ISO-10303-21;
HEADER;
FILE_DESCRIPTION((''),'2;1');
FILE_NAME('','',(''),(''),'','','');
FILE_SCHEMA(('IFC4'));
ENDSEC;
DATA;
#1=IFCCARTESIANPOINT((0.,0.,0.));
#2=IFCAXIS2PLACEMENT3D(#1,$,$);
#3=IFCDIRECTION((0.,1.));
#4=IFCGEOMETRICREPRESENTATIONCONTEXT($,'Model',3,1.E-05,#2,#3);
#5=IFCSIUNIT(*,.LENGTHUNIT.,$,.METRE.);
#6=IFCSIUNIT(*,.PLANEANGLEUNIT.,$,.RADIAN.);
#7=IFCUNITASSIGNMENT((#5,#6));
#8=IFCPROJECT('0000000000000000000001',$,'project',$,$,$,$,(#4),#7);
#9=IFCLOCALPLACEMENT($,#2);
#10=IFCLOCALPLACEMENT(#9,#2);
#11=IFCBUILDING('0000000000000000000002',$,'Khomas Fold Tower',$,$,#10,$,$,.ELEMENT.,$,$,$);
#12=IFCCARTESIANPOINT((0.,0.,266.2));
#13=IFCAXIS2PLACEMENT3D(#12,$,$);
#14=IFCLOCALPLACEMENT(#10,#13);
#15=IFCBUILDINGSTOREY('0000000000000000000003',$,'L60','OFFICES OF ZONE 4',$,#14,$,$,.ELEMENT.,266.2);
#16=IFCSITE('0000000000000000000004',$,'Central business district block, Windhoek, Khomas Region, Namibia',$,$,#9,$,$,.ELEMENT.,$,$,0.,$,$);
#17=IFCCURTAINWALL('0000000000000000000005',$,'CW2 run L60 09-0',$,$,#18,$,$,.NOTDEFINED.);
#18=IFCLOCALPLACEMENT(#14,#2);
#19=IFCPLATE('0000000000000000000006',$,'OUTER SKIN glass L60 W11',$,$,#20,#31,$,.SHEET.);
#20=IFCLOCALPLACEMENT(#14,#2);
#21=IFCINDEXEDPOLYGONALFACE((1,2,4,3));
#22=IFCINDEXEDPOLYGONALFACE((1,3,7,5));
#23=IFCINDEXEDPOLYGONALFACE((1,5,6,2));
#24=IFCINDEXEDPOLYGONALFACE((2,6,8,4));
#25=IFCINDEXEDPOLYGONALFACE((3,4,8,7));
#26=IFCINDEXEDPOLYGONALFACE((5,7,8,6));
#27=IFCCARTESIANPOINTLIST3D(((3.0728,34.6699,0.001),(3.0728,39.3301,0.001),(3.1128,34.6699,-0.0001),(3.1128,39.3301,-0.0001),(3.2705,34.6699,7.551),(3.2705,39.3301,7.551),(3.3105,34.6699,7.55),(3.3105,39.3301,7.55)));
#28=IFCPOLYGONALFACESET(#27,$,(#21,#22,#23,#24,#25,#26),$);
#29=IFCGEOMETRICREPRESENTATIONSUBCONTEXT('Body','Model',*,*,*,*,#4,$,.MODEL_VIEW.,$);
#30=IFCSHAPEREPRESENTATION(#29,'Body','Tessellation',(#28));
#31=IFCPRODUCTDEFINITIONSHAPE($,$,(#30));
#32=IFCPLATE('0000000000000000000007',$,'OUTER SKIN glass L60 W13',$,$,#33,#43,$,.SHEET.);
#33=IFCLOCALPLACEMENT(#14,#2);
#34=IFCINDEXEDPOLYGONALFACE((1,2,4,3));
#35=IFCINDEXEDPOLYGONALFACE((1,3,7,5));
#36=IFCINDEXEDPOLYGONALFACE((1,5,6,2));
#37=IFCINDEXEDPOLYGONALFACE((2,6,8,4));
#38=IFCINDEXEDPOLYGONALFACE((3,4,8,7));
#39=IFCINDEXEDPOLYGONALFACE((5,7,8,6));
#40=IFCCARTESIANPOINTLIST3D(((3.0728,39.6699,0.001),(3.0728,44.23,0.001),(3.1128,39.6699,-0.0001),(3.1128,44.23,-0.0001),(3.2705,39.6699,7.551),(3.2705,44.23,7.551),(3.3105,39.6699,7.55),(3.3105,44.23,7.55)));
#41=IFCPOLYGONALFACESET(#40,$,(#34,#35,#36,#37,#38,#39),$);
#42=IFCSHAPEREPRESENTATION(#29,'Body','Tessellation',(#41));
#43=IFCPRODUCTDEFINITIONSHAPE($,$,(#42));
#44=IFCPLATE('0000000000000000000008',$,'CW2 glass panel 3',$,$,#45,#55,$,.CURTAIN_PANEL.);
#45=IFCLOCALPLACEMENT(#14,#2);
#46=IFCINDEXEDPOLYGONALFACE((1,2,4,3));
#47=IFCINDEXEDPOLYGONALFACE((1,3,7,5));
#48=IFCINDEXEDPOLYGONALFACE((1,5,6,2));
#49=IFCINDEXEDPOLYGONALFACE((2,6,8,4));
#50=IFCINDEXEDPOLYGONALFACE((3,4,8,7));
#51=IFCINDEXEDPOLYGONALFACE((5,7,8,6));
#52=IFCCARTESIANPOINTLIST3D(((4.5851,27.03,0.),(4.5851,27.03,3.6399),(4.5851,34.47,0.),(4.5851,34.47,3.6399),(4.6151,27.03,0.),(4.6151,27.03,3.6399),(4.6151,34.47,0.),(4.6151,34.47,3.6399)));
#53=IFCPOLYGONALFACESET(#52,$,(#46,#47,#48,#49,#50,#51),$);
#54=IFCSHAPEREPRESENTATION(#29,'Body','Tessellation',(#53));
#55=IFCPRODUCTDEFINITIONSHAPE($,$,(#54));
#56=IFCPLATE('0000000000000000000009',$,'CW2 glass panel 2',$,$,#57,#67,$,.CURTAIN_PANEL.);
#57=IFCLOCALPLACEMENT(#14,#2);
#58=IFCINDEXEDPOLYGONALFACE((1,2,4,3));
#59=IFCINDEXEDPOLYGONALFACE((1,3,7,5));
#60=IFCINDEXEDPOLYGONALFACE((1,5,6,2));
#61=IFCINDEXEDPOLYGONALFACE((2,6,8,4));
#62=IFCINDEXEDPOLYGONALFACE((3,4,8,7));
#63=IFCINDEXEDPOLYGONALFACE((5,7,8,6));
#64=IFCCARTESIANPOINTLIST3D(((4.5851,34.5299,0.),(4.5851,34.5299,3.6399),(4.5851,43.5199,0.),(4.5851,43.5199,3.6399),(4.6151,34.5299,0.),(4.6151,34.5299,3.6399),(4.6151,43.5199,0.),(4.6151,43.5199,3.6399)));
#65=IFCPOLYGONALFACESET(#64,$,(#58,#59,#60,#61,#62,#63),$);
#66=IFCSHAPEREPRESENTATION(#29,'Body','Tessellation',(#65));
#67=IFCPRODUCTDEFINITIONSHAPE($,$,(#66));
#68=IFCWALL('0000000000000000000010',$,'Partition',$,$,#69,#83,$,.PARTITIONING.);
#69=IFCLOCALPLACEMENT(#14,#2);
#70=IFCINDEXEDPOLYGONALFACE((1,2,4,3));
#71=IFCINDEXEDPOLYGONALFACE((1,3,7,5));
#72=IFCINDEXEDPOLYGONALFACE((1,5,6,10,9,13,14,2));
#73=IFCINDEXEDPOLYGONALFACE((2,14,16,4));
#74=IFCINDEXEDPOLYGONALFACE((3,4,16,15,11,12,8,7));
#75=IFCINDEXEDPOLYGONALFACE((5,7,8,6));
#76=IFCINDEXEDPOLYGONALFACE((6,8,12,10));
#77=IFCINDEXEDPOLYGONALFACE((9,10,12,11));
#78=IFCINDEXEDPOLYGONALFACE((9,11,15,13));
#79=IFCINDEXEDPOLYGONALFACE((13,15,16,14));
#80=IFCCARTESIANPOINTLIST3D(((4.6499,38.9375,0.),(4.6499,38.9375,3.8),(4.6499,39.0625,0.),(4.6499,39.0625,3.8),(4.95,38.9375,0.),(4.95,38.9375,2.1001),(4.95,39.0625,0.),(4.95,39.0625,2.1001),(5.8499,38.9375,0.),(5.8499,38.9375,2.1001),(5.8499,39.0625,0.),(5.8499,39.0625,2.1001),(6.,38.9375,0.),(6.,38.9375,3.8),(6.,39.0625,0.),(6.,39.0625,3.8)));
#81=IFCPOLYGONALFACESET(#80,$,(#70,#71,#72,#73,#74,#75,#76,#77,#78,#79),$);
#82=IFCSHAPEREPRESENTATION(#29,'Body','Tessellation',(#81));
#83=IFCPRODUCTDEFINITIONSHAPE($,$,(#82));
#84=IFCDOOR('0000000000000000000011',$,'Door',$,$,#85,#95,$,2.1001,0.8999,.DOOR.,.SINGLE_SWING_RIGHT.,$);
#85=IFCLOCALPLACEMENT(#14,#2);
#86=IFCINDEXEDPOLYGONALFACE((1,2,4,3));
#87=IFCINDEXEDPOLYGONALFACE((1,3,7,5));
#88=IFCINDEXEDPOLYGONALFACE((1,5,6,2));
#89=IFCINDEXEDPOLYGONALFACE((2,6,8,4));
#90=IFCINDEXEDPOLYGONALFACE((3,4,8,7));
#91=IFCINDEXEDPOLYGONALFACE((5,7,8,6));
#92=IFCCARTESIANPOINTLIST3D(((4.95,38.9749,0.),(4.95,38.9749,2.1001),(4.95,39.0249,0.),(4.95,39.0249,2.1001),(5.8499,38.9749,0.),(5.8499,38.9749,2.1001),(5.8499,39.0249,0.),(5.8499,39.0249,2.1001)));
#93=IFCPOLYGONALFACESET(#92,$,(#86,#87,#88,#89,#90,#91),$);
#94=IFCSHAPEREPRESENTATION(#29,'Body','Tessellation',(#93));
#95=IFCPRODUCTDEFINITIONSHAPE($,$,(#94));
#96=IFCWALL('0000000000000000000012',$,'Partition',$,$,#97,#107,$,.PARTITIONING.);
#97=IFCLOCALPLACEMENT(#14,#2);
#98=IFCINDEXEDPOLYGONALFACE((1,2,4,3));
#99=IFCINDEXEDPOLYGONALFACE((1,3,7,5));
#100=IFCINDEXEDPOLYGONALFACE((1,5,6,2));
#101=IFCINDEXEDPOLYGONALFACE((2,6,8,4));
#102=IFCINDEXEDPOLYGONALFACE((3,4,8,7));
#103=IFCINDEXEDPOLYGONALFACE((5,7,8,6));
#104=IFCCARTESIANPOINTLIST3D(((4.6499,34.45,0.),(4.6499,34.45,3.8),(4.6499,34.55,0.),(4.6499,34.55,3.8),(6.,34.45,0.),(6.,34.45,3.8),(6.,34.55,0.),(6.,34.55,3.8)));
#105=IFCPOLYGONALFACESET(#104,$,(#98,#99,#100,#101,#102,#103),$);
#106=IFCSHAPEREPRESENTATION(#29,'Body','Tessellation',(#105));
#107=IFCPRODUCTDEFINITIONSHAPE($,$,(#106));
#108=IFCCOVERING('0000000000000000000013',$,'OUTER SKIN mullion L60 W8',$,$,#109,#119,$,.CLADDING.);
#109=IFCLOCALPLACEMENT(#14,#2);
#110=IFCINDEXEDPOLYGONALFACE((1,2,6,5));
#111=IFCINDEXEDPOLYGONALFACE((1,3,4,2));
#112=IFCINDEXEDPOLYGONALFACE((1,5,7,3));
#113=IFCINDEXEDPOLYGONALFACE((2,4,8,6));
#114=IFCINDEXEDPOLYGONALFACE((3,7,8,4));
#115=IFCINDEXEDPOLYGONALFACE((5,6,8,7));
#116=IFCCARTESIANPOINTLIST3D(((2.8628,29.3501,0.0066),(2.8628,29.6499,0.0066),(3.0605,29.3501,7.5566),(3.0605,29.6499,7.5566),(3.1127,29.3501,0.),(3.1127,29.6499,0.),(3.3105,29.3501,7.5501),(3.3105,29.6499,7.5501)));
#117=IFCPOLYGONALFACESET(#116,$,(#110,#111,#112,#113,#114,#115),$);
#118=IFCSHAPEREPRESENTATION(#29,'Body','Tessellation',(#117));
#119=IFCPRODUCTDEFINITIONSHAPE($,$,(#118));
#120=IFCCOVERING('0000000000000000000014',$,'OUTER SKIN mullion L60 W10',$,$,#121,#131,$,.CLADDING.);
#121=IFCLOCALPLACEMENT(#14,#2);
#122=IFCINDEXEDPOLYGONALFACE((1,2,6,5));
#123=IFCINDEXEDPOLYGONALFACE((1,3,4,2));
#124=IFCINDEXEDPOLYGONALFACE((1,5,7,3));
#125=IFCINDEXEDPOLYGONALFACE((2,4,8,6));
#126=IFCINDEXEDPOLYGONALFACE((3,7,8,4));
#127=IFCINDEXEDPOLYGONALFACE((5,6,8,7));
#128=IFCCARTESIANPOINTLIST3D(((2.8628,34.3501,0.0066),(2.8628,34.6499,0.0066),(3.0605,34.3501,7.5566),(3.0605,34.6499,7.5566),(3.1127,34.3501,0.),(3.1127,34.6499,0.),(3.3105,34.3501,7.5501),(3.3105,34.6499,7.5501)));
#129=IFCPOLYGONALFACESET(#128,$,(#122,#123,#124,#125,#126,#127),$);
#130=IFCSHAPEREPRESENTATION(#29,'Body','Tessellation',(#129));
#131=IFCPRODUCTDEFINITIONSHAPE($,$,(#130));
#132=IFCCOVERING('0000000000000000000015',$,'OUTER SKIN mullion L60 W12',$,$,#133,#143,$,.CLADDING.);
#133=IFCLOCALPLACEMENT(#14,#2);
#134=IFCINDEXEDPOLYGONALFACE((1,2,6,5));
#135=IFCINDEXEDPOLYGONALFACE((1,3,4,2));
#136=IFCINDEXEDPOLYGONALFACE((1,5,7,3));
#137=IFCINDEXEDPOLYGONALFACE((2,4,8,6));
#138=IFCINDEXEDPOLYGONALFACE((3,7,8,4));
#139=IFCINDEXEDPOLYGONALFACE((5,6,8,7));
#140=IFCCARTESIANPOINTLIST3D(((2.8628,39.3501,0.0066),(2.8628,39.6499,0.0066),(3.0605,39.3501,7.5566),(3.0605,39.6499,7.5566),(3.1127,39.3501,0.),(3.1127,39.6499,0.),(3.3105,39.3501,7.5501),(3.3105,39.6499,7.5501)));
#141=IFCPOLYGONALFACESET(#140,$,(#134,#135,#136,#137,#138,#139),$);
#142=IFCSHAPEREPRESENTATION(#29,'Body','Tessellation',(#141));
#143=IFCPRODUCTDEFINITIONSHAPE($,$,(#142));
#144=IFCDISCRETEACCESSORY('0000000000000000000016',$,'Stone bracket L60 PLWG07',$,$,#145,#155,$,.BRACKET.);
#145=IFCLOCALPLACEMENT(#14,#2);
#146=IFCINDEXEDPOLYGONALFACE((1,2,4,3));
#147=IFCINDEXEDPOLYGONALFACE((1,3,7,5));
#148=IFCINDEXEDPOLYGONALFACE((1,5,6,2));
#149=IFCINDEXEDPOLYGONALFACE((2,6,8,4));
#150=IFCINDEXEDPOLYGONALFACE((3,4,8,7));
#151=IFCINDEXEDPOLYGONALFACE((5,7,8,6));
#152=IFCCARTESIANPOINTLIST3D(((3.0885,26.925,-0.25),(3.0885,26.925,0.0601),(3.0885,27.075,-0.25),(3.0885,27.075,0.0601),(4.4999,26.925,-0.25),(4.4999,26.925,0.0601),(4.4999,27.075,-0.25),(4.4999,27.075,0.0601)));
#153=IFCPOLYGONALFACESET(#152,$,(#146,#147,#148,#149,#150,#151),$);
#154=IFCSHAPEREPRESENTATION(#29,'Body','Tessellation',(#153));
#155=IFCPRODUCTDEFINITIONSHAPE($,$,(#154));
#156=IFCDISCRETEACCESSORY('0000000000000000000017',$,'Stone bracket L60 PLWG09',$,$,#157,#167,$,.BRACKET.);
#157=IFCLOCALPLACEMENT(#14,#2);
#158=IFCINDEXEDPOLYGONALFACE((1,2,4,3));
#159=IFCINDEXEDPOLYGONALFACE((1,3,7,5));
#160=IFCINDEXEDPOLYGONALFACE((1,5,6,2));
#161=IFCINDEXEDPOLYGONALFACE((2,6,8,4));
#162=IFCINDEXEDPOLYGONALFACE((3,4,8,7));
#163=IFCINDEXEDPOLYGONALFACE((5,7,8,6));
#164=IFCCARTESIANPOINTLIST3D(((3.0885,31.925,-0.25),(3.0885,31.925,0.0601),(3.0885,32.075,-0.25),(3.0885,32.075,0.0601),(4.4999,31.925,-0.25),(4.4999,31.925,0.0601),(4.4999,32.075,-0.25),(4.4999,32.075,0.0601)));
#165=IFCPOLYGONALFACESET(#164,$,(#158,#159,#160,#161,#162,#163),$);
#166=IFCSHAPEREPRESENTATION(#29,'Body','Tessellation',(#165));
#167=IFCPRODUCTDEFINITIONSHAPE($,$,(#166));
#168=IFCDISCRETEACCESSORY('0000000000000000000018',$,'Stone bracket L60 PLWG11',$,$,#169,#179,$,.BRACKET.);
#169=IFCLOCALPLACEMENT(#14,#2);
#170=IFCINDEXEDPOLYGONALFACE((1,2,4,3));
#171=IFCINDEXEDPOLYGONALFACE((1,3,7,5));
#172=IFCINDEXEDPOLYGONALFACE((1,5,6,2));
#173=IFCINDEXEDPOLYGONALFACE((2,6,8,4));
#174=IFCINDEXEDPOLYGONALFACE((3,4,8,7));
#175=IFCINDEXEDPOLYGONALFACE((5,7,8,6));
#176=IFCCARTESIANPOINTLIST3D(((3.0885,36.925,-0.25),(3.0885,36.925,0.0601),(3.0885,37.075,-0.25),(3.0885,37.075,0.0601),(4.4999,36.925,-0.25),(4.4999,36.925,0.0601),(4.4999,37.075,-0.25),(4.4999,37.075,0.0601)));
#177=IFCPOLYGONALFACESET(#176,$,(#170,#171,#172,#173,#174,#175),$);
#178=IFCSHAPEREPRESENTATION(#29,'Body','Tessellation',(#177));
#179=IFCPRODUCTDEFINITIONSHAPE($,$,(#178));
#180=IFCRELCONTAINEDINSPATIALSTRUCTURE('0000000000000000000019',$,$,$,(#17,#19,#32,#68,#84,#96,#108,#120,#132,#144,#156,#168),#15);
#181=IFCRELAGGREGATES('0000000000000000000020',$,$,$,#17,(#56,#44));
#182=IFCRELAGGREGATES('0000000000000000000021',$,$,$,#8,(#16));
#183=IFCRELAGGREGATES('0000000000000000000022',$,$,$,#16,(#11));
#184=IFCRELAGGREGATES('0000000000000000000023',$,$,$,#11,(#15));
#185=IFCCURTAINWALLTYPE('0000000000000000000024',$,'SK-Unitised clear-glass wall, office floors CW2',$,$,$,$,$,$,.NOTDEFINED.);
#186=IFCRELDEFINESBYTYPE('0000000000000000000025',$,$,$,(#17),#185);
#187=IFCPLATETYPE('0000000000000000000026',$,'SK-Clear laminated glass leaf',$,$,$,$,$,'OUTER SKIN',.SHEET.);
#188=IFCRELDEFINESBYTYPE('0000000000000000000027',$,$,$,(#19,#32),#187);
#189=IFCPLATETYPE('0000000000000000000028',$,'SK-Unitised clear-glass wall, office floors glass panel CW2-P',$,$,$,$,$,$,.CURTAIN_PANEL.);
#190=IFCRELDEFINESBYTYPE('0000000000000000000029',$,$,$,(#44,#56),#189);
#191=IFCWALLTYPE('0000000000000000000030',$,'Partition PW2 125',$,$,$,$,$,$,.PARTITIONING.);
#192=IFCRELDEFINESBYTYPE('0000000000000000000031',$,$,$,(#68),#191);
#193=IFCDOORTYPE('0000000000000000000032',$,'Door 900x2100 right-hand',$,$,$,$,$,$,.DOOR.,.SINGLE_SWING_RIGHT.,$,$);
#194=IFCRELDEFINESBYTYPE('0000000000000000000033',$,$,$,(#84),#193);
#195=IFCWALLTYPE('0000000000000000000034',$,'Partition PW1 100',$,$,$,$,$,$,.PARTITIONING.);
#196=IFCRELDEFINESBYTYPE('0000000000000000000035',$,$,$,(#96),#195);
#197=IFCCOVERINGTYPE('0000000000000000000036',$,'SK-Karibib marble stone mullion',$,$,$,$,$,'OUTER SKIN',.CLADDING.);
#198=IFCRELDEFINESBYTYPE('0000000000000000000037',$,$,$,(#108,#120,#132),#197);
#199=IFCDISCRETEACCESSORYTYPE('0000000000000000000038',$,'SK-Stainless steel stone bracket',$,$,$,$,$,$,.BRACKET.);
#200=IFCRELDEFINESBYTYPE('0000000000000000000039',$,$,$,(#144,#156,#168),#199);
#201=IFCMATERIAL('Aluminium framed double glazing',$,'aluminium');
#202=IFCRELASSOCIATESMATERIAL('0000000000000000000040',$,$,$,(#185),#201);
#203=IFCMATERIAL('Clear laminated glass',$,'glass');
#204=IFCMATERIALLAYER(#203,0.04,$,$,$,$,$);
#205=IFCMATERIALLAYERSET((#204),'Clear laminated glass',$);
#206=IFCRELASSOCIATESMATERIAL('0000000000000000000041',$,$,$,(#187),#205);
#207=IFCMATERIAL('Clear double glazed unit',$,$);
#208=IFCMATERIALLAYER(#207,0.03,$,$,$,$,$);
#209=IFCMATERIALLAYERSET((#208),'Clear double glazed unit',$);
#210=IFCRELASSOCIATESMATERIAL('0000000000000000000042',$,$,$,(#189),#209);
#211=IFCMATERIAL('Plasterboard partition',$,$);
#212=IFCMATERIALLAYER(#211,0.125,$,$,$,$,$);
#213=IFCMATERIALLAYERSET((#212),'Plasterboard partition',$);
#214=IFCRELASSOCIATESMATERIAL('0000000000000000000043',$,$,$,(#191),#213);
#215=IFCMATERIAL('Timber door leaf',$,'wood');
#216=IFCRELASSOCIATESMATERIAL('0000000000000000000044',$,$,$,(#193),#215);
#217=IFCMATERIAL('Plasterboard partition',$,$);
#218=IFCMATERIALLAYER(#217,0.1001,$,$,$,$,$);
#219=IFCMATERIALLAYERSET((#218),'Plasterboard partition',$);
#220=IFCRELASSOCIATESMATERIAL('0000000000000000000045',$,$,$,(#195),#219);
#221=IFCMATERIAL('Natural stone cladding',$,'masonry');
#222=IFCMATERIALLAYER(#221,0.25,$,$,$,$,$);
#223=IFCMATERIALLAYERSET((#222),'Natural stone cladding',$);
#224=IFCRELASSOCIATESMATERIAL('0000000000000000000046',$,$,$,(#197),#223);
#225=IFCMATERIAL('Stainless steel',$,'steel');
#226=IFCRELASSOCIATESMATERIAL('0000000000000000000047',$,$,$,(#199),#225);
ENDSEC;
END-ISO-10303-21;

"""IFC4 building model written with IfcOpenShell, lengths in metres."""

from ifc_helpers import new_model, si_unit, direction, frame, frame_2d, origin, origin_2d, place, context, subcontext, project, spatial, polyline, rectangle, outline, extrude, source, transform, mapped, material, layer, layer_set, type_object, element, fill, aggregate, save


model = new_model("IFC4")

# Units and contexts
model_context = context("Model", 3, precision=1e-05, world=origin(), true_north=direction((0.0, 1.0)))
body_context = subcontext(model_context, "Body", "Model", "MODEL_VIEW")
ifc_project = project(units=[si_unit("LENGTHUNIT", "METRE"), si_unit("PLANEANGLEUNIT", "RADIAN")], contexts=[model_context])

# Site, building, storey
site_placement = place(None, origin())
site = spatial("IfcSite", under=ifc_project, at=site_placement, Name="Central business district block, Windhoek, Khomas Region, Namibia", CompositionType="ELEMENT", RefElevation=0.0)
building_placement = place(site_placement, origin())
building = spatial("IfcBuilding", under=site, at=building_placement, Name="Khomas Fold Tower", CompositionType="ELEMENT")
storey_placement = place(building_placement, frame((0.0, 0.0, 266.2)))
storey = spatial("IfcBuildingStorey", under=building, at=storey_placement, Name="L60", Description="OFFICES OF ZONE 4", CompositionType="ELEMENT", Elevation=266.2)

# Curtain wall
ifc_material_1 = material(Name="Aluminium framed double glazing", Category="aluminium")
curtain_wall_type = type_object("IfcCurtainWallType", Name="SK-Unitised clear-glass wall, office floors CW2", PredefinedType="NOTDEFINED", material=ifc_material_1)
curtain_wall_placement = place(storey_placement, origin())
curtain_wall = element("IfcCurtainWall", 1, at=curtain_wall_placement, inside=storey, type_object=curtain_wall_type, Name="CW2 run L60 09-0", PredefinedType="NOTDEFINED")

# Plates
ifc_material_2 = material(Name="Clear laminated glass", Category="glass")
ifc_layer_1 = layer(ifc_material_2, 0.04)
ifc_layer_set_1 = layer_set([ifc_layer_1], Name="Clear laminated glass")
plate_type_1 = type_object("IfcPlateType", Name="SK-Clear laminated glass leaf", ElementType="OUTER SKIN", PredefinedType="SHEET", material=ifc_layer_set_1)
for number, where, z_axis, x_axis, name in (
    (2, (3.0728, 34.6699, 0.001), (-0.999657, 0.0, 0.026183), (0.0, 1.0, 0.0), "OUTER SKIN glass L60 W11"),
):
    element("IfcPlate", number, at=place(storey_placement, frame(where, z_axis=z_axis, x_axis=x_axis)), inside=storey, type_object=plate_type_1, Name=name, PredefinedType="SHEET", context=body_context, shape_type="SweptSolid", body=[
        extrude(outline(polyline([(0.0, 0.0), (4.6602, 0.0), (4.6602, -7.5526), (0.0, -7.5526), (0.0, 0.0)])), origin(), (0.0, 0.0, -1.0), 0.04),
    ])
plate_1_placement = place(storey_placement, frame((3.0728, 39.6699, 0.001), z_axis=(-0.999657, 0.0, 0.026183), x_axis=(0.0, 1.0, 0.0)))
element("IfcPlate", 3, at=plate_1_placement, inside=storey, type_object=plate_type_1, Name="OUTER SKIN glass L60 W13", PredefinedType="SHEET", context=body_context, shape_type="SweptSolid", body=[
    extrude(outline(polyline([(0.0, 0.0), (4.5601, 0.0), (4.5601, -7.5526), (0.0, -7.5526), (0.0, 0.0)])), origin(), (0.0, 0.0, -1.0), 0.04),
])

# Plates
ifc_material_3 = material(Name="Clear double glazed unit")
ifc_layer_2 = layer(ifc_material_3, 0.03)
ifc_layer_set_2 = layer_set([ifc_layer_2], Name="Clear double glazed unit")
plate_type_2 = type_object("IfcPlateType", Name="SK-Unitised clear-glass wall, office floors glass panel CW2-P", PredefinedType="CURTAIN_PANEL", material=ifc_layer_set_2)
shared_shape_1 = source(origin(), body_context, "Body", "SweptSolid", [
    extrude(rectangle(XDim=7.4399, YDim=0.03, at=origin_2d()), origin(), (0.0, 0.0, 1.0), 3.6399),
])
plate_2_placement = place(storey_placement, frame((4.6001, 30.75, 0.0), z_axis=(0.0, 0.0, 1.0), x_axis=(0.0, -1.0, 0.0)))
plate_2 = element("IfcPlate", 4, at=plate_2_placement, type_object=plate_type_2, Name="CW2 glass panel 3", PredefinedType="CURTAIN_PANEL", context=body_context, shape_type="MappedRepresentation", body=[
    mapped(shared_shape_1, transform((0.0, 0.0, 0.0))),
])
shared_shape_2 = source(origin(), body_context, "Body", "SweptSolid", [
    extrude(rectangle(XDim=8.99, YDim=0.03, at=origin_2d()), origin(), (0.0, 0.0, 1.0), 3.6399),
])
plate_3_placement = place(storey_placement, frame((4.6001, 39.0249, 0.0), z_axis=(0.0, 0.0, 1.0), x_axis=(0.0, -1.0, 0.0)))
plate_3 = element("IfcPlate", 5, at=plate_3_placement, type_object=plate_type_2, Name="CW2 glass panel 2", PredefinedType="CURTAIN_PANEL", context=body_context, shape_type="MappedRepresentation", body=[
    mapped(shared_shape_2, transform((0.0, 0.0, 0.0))),
])
aggregate(curtain_wall, [plate_3, plate_2])

# Wall, opening, door
ifc_material_4 = material(Name="Plasterboard partition")
ifc_layer_3 = layer(ifc_material_4, 0.125)
ifc_layer_set_3 = layer_set([ifc_layer_3], Name="Plasterboard partition")
wall_type_1 = type_object("IfcWallType", Name="Partition PW2 125", PredefinedType="PARTITIONING", material=ifc_layer_set_3)
shared_shape_3 = source(origin(), body_context, "Body", "SweptSolid", [
    extrude(rectangle(XDim=1.3501, YDim=0.125, at=frame_2d((0.675, 0.0))), origin(), (0.0, 0.0, 1.0), 3.8),
])
wall_1_placement = place(storey_placement, frame((4.6499, 39.0, 0.0), z_axis=(0.0, 0.0, 1.0), x_axis=(1.0, 0.0, 0.0)))
wall_1 = element("IfcWall", 6, at=wall_1_placement, inside=storey, type_object=wall_type_1, Name="Partition", PredefinedType="PARTITIONING", context=body_context, shape_type="MappedRepresentation", body=[
    mapped(shared_shape_3, transform((0.0, 0.0, 0.0))),
])
shared_shape_4 = source(origin(), body_context, "Body", "SweptSolid", [
    extrude(rectangle(XDim=0.8999, YDim=2.1001, at=frame_2d((0.45, 1.05))), frame((0.0, 0.0725, 0.0), z_axis=(0.0, -1.0, 0.0), x_axis=(1.0, 0.0, 0.0)), (0.0, 0.0, 1.0), 0.145),
])
opening_placement = place(wall_1_placement, frame((0.3, 0.0, 0.0)))
opening = element("IfcOpeningElement", 7, at=opening_placement, cuts=wall_1, PredefinedType="OPENING", context=body_context, shape_type="MappedRepresentation", body=[
    mapped(shared_shape_4, transform((0.0, 0.0, 0.0))),
])
ifc_material_5 = material(Name="Timber door leaf", Category="wood")
door_type = type_object("IfcDoorType", Name="Door 900x2100 right-hand", OperationType="SINGLE_SWING_RIGHT", PredefinedType="DOOR", material=ifc_material_5)
shared_shape_5 = source(origin(), body_context, "Body", "SweptSolid", [
    extrude(rectangle(XDim=0.8999, YDim=2.1001, at=frame_2d((0.45, 1.05))), frame((0.0, 0.0249, 0.0), z_axis=(0.0, -1.0, 0.0), x_axis=(1.0, 0.0, 0.0)), (0.0, 0.0, 1.0), 0.05),
])
door_placement = place(opening_placement, origin())
door = element("IfcDoor", 8, at=door_placement, inside=storey, type_object=door_type, Name="Door", OperationType="SINGLE_SWING_RIGHT", OverallHeight=2.1001, OverallWidth=0.8999, PredefinedType="DOOR", context=body_context, shape_type="MappedRepresentation", body=[
    mapped(shared_shape_5, transform((0.0, 0.0, 0.0))),
])
fill(opening, door)

# Wall
ifc_material_6 = material(Name="Plasterboard partition")
ifc_layer_4 = layer(ifc_material_6, 0.1001)
ifc_layer_set_4 = layer_set([ifc_layer_4], Name="Plasterboard partition")
wall_type_2 = type_object("IfcWallType", Name="Partition PW1 100", PredefinedType="PARTITIONING", material=ifc_layer_set_4)
shared_shape_6 = source(origin(), body_context, "Body", "SweptSolid", [
    extrude(rectangle(XDim=1.3501, YDim=0.1001, at=frame_2d((0.675, 0.0))), origin(), (0.0, 0.0, 1.0), 3.8),
])
wall_2_placement = place(storey_placement, frame((4.6499, 34.5, 0.0), z_axis=(0.0, 0.0, 1.0), x_axis=(1.0, 0.0, 0.0)))
element("IfcWall", 9, at=wall_2_placement, inside=storey, type_object=wall_type_2, Name="Partition", PredefinedType="PARTITIONING", context=body_context, shape_type="MappedRepresentation", body=[
    mapped(shared_shape_6, transform((0.0, 0.0, 0.0))),
])

# Coverings
ifc_material_7 = material(Name="Natural stone cladding", Category="masonry")
ifc_layer_5 = layer(ifc_material_7, 0.25)
ifc_layer_set_5 = layer_set([ifc_layer_5], Name="Natural stone cladding")
covering_type = type_object("IfcCoveringType", Name="SK-Karibib marble stone mullion", ElementType="OUTER SKIN", PredefinedType="CLADDING", material=ifc_layer_set_5)
for number, where, z_axis, x_axis, name in (
    (10, (2.8628, 29.3501, 0.0066), (-0.999657, 0.0, 0.026183), (0.0, 1.0, 0.0), "OUTER SKIN mullion L60 W8"),
    (11, (2.8628, 34.3501, 0.0066), (-0.999657, 0.0, 0.026183), (0.0, 1.0, 0.0), "OUTER SKIN mullion L60 W10"),
    (12, (2.8628, 39.3501, 0.0066), (-0.999657, 0.0, 0.026183), (0.0, 1.0, 0.0), "OUTER SKIN mullion L60 W12"),
):
    element("IfcCovering", number, at=place(storey_placement, frame(where, z_axis=z_axis, x_axis=x_axis)), inside=storey, type_object=covering_type, Name=name, PredefinedType="CLADDING", context=body_context, shape_type="SweptSolid", body=[
        extrude(outline(polyline([(0.0, 0.0), (0.2998, 0.0), (0.2998, -7.5526), (0.0, -7.5526), (0.0, 0.0)])), origin(), (0.0, 0.0, -1.0), 0.25),
    ])

# Discrete accessories
ifc_material_8 = material(Name="Stainless steel", Category="steel")
discrete_accessory_type = type_object("IfcDiscreteAccessoryType", Name="SK-Stainless steel stone bracket", PredefinedType="BRACKET", material=ifc_material_8)
shared_shape_7 = source(origin(), body_context, "Body", "SweptSolid", [
    extrude(rectangle(XDim=1.4114, YDim=0.1499, at=origin_2d()), origin(), (0.0, 0.0, 1.0), 0.3101),
])
for number, where, z_axis, x_axis, name in (
    (13, (3.7942, 27.0, -0.25), (0.0, 0.0, 1.0), (-1.0, 0.0, 0.0), "Stone bracket L60 PLWG07"),
    (14, (3.7942, 32.0, -0.25), (0.0, 0.0, 1.0), (-1.0, 0.0, 0.0), "Stone bracket L60 PLWG09"),
    (15, (3.7942, 37.0, -0.25), (0.0, 0.0, 1.0), (-1.0, 0.0, 0.0), "Stone bracket L60 PLWG11"),
):
    element("IfcDiscreteAccessory", number, at=place(storey_placement, frame(where, z_axis=z_axis, x_axis=x_axis)), inside=storey, type_object=discrete_accessory_type, Name=name, PredefinedType="BRACKET", context=body_context, shape_type="MappedRepresentation", body=[
        mapped(shared_shape_7, transform((0.0, 0.0, 0.0))),
    ])

save(model, "model.ifc")
